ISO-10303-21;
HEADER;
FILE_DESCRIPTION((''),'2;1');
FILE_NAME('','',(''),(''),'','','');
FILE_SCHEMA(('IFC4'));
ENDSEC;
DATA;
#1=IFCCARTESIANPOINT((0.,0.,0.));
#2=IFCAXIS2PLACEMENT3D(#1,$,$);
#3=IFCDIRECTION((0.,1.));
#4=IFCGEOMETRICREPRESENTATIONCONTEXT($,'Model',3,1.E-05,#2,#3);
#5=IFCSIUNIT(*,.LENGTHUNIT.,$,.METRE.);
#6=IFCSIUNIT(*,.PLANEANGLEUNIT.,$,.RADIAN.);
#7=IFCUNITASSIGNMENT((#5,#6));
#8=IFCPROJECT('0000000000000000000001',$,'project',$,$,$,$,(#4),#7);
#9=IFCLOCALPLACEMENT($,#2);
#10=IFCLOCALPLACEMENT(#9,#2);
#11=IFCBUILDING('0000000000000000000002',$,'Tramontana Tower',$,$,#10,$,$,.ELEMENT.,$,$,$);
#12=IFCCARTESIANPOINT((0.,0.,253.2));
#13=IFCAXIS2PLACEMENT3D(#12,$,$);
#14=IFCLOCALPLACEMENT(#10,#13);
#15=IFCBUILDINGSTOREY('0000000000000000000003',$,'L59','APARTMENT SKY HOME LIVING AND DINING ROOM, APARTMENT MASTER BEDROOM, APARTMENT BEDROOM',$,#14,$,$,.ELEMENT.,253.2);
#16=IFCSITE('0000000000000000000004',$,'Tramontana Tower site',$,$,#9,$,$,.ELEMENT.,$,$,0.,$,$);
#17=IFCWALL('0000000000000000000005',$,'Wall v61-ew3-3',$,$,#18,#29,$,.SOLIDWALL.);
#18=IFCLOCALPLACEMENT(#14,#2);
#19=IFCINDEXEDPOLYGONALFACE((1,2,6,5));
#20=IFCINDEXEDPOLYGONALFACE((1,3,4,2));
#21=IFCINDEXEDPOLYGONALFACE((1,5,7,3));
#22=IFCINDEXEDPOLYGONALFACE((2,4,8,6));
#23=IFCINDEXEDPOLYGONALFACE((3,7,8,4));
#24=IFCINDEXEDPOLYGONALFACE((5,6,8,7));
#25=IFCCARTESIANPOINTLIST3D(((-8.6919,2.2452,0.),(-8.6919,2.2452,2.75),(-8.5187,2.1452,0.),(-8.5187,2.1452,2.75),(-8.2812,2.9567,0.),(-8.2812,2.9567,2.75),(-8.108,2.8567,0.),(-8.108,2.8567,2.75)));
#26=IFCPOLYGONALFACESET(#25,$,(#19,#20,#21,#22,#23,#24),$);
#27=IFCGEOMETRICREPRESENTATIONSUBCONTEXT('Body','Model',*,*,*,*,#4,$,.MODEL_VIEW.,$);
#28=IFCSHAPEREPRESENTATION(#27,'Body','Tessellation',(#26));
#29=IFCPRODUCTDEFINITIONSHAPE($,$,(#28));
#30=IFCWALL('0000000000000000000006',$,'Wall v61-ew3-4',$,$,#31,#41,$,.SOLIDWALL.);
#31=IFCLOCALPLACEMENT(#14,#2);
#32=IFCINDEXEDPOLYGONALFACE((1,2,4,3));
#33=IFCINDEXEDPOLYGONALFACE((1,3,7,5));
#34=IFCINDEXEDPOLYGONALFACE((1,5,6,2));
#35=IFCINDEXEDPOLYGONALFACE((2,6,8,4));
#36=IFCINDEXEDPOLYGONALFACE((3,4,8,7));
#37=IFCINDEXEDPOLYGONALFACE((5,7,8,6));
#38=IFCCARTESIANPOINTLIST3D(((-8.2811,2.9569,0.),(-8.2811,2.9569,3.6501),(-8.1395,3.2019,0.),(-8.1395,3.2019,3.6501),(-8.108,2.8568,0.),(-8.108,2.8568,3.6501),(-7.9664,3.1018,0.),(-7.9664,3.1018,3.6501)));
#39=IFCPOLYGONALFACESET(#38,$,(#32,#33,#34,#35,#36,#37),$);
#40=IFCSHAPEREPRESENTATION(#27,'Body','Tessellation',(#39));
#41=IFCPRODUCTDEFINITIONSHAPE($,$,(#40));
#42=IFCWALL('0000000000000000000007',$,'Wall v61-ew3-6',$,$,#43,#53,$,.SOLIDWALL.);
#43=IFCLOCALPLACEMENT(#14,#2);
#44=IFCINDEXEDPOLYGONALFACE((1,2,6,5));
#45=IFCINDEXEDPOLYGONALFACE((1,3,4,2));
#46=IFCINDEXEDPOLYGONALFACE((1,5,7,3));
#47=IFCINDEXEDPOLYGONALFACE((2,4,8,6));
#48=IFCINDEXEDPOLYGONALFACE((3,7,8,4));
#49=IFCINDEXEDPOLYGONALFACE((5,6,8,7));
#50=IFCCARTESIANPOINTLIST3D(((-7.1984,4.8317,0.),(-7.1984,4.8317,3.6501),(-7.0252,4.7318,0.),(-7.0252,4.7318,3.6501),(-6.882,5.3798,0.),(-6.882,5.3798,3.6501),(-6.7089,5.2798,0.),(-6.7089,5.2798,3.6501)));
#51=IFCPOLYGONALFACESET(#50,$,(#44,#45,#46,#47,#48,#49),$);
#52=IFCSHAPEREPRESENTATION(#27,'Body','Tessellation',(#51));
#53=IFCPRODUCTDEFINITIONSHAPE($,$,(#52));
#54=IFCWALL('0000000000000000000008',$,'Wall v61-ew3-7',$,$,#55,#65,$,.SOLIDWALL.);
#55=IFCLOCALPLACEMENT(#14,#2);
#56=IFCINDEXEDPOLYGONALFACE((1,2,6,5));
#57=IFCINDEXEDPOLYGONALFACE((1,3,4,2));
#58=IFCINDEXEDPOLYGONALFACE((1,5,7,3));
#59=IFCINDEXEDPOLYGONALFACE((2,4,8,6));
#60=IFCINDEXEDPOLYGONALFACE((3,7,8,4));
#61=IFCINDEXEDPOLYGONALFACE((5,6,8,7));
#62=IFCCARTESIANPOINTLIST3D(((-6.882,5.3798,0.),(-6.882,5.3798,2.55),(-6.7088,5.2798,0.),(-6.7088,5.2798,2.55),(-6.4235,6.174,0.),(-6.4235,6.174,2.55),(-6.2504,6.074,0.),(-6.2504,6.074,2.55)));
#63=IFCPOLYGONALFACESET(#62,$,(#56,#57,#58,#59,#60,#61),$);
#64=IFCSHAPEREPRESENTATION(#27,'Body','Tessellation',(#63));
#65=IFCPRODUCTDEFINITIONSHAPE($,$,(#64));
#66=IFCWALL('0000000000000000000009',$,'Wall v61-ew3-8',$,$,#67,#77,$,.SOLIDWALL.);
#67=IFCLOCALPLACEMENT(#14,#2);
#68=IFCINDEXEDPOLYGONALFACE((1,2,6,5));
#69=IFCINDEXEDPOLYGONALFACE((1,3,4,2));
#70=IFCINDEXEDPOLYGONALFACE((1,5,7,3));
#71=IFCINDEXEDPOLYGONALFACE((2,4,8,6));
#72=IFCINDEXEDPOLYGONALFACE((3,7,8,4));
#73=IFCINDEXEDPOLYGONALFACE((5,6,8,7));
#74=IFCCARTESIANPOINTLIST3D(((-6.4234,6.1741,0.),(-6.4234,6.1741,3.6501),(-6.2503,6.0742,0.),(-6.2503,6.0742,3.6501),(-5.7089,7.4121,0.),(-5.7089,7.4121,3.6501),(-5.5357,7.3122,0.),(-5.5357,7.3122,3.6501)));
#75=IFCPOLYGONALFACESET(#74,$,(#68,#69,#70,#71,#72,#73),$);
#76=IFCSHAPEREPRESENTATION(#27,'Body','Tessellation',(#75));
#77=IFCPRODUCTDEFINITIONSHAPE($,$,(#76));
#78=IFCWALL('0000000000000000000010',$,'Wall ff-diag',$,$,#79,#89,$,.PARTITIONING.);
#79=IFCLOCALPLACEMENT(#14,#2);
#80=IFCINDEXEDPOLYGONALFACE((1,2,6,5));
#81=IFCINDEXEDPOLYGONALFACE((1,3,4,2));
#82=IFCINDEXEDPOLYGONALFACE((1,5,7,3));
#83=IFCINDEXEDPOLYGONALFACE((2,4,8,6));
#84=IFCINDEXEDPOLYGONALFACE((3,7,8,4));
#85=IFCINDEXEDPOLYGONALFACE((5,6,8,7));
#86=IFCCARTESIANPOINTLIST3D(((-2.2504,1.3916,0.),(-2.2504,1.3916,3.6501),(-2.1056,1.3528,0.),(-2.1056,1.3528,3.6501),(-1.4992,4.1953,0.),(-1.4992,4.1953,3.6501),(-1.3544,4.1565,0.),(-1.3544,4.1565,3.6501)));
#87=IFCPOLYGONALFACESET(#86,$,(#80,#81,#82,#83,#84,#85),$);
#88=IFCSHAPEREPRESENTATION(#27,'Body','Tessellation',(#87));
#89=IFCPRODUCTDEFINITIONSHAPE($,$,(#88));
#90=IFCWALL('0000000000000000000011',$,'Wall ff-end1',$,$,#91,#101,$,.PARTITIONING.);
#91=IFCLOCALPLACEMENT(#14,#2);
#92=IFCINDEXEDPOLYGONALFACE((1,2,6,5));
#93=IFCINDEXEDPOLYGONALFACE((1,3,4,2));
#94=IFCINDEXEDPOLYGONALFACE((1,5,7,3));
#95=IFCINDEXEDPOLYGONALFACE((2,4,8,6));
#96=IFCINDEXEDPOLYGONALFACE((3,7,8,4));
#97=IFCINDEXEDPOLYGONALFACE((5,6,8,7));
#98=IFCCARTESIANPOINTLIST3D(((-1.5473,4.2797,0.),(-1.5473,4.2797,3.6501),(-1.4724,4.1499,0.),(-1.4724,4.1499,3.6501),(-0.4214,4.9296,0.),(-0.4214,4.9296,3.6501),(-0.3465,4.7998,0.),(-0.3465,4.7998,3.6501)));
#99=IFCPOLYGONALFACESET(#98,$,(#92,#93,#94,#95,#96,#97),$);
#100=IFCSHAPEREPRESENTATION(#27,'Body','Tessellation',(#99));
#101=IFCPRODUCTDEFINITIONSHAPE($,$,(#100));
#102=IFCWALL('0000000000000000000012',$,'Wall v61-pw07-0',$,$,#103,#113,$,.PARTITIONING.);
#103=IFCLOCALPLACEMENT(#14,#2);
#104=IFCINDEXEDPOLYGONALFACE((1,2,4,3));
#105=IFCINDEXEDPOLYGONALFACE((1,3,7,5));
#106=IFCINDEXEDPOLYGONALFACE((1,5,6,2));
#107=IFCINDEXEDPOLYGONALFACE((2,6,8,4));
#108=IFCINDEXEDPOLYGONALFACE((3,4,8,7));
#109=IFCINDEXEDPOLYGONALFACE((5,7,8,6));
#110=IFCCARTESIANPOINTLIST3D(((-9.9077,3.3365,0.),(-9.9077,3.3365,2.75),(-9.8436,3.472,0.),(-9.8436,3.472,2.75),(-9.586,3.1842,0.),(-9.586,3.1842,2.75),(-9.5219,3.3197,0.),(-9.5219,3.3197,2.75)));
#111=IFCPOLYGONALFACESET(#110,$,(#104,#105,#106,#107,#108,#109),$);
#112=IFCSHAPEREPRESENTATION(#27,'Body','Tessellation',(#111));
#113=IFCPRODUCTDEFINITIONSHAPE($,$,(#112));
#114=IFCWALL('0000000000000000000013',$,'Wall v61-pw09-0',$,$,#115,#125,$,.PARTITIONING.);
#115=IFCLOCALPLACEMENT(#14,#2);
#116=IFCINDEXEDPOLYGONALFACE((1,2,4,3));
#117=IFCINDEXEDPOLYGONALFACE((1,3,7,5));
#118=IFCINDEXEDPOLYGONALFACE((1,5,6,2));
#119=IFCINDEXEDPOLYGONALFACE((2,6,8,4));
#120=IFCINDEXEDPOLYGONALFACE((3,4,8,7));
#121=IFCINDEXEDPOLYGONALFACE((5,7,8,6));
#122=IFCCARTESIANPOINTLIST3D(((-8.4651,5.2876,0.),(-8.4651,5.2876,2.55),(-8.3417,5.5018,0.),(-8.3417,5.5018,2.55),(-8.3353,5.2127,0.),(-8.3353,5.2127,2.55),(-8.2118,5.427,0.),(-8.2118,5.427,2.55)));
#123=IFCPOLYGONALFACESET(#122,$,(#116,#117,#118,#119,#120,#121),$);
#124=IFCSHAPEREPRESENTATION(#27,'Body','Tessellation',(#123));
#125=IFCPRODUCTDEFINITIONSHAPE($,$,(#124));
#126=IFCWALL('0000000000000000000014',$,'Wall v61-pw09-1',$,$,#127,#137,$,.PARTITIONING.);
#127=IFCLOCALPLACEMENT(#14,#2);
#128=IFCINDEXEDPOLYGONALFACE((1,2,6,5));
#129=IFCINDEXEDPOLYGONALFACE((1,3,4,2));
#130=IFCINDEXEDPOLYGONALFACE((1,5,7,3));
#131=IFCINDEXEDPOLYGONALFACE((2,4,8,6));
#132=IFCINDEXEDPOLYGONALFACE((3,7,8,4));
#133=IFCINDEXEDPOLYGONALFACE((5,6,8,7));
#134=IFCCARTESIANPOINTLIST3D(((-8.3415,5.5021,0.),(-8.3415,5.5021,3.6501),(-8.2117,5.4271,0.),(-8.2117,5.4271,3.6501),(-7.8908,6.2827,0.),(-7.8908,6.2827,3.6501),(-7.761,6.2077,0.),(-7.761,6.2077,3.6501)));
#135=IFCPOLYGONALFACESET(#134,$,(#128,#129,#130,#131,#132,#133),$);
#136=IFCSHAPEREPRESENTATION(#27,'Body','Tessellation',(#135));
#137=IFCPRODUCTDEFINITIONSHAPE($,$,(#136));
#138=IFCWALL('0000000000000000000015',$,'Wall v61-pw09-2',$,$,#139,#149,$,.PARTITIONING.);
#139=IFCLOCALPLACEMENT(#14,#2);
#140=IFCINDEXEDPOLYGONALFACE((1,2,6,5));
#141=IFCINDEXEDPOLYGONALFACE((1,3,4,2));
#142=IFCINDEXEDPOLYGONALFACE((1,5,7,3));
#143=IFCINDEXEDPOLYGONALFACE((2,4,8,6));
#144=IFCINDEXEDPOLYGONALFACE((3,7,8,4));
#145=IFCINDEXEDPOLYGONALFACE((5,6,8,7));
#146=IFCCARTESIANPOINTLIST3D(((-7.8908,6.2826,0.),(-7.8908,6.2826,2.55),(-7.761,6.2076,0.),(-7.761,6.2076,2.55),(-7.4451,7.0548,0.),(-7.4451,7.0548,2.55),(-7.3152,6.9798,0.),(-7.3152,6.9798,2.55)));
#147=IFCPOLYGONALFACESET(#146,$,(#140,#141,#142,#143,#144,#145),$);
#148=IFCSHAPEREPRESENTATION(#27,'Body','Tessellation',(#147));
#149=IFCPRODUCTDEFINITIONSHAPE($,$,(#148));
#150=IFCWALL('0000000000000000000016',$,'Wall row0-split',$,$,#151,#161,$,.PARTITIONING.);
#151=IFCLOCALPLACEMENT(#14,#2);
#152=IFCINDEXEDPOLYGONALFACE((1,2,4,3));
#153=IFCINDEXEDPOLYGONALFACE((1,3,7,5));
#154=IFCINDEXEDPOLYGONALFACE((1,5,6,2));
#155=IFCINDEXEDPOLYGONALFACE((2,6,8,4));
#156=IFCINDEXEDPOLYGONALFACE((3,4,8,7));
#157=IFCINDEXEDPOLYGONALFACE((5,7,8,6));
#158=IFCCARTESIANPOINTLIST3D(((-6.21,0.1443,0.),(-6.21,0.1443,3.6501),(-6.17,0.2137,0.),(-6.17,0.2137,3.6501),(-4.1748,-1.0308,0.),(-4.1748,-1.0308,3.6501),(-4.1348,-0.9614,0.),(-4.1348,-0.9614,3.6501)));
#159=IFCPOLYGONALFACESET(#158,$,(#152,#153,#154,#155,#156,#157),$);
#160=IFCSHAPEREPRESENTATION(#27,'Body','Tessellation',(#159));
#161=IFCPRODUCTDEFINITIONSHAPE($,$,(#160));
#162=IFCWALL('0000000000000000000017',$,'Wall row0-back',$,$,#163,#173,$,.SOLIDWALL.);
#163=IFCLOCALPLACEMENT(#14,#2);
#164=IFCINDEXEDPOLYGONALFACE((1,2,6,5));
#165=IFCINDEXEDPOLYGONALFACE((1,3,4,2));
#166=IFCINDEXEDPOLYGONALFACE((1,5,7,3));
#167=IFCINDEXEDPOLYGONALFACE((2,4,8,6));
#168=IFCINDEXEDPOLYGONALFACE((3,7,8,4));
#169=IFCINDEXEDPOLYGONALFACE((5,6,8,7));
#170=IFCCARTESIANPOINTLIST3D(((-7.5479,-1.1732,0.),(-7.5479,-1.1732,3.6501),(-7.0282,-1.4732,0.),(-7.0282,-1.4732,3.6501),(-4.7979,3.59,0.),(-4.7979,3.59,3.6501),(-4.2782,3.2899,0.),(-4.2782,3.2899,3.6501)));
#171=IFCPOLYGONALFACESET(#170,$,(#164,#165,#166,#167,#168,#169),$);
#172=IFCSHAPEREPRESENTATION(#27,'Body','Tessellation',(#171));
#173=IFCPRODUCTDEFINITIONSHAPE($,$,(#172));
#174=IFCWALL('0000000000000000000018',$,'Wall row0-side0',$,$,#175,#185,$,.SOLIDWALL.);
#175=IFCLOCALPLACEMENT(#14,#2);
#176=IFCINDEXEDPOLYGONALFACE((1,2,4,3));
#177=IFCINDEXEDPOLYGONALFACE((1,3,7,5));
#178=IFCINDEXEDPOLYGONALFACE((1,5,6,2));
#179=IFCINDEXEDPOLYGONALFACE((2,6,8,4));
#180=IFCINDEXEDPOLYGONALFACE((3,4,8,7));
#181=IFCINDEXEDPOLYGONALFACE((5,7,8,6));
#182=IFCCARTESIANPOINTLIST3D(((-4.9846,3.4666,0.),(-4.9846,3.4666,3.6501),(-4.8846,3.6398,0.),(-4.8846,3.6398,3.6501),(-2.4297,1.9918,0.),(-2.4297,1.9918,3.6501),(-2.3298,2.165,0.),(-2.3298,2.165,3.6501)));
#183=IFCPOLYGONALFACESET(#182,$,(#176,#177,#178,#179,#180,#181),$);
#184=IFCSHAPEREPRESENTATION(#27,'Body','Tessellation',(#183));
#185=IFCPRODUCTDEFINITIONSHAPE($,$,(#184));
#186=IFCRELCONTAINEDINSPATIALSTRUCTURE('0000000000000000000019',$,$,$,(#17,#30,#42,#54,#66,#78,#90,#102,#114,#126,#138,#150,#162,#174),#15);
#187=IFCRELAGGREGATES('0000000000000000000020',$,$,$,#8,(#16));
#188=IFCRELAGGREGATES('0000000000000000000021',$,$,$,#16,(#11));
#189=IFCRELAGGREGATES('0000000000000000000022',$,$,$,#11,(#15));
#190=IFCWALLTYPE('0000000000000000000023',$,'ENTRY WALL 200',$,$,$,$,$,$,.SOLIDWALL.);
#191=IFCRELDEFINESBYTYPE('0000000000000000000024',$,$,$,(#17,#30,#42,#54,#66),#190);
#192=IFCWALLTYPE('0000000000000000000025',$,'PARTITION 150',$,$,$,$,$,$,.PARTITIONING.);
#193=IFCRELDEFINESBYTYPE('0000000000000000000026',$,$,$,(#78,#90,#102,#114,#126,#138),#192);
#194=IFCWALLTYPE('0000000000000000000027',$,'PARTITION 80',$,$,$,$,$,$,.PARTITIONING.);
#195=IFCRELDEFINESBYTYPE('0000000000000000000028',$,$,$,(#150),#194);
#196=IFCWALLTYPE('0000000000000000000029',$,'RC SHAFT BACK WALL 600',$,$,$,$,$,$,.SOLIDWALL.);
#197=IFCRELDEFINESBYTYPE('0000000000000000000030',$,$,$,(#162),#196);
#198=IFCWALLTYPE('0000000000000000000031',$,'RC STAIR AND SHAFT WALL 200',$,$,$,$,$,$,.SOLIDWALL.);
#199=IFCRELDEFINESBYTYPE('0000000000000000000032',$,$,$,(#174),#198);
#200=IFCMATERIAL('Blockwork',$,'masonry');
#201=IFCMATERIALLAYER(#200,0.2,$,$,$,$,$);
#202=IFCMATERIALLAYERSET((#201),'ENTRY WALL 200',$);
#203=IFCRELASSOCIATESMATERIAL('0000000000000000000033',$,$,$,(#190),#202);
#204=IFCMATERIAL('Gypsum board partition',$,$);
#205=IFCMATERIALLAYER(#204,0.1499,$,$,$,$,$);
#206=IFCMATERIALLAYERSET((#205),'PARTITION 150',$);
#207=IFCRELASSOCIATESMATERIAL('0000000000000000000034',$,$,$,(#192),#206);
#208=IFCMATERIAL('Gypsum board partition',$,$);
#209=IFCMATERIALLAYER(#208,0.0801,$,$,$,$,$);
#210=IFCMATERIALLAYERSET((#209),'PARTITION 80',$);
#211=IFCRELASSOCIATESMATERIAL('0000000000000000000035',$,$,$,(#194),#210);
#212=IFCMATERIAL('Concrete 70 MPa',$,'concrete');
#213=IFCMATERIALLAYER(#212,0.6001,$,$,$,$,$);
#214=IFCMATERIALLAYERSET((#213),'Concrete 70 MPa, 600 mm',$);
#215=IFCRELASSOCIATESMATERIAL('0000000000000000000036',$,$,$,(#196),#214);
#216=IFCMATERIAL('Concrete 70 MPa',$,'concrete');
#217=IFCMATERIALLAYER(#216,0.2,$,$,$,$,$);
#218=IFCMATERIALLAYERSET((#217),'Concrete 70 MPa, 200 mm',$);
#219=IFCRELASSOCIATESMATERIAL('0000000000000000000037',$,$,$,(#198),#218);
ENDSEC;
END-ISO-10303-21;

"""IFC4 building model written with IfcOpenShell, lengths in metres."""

from ifc_helpers import new_model, si_unit, direction, frame, frame_2d, origin, place, context, subcontext, project, spatial, rectangle, extrude, material, layer, layer_set, type_object, element, save


model = new_model("IFC4")

# Units and contexts
model_context = context("Model", 3, precision=1e-05, world=origin(), true_north=direction((0.0, 1.0)))
body_context = subcontext(model_context, "Body", "Model", "MODEL_VIEW")
ifc_project = project(units=[si_unit("LENGTHUNIT", "METRE"), si_unit("PLANEANGLEUNIT", "RADIAN")], contexts=[model_context])

# Site, building, storey
site_placement = place(None, origin())
site = spatial("IfcSite", under=ifc_project, at=site_placement, Name="Tramontana Tower site", CompositionType="ELEMENT", RefElevation=0.0)
building_placement = place(site_placement, origin())
building = spatial("IfcBuilding", under=site, at=building_placement, Name="Tramontana Tower", CompositionType="ELEMENT")
storey_placement = place(building_placement, frame((0.0, 0.0, 253.2)))
storey = spatial("IfcBuildingStorey", under=building, at=storey_placement, Name="L59", Description="APARTMENT SKY HOME LIVING AND DINING ROOM, APARTMENT MASTER BEDROOM, APARTMENT BEDROOM", CompositionType="ELEMENT", Elevation=253.2)

# Walls
ifc_material_1 = material(Name="Blockwork", Category="masonry")
ifc_layer_1 = layer(ifc_material_1, 0.2)
ifc_layer_set_1 = layer_set([ifc_layer_1], Name="ENTRY WALL 200")
wall_type_1 = type_object("IfcWallType", Name="ENTRY WALL 200", PredefinedType="SOLIDWALL", material=ifc_layer_set_1)
wall_1_placement = place(storey_placement, frame((-8.6052, 2.1953, 0.0), z_axis=(0.0, 0.0, 1.0), x_axis=(0.499911, 0.866077, 0.0)))
element("IfcWall", 1, at=wall_1_placement, inside=storey, type_object=wall_type_1, Name="Wall v61-ew3-3", PredefinedType="SOLIDWALL", context=body_context, shape_type="SweptSolid", body=[
    extrude(rectangle(XDim=0.8215, YDim=0.2, at=frame_2d((0.4106, 0.0))), origin(), (0.0, 0.0, 1.0), 2.75),
])
wall_2_placement = place(storey_placement, frame((-8.1946, 2.9067, 0.0), z_axis=(0.0, 0.0, 1.0), x_axis=(0.50022, 0.865898, 0.0)))
element("IfcWall", 2, at=wall_2_placement, inside=storey, type_object=wall_type_1, Name="Wall v61-ew3-4", PredefinedType="SOLIDWALL", context=body_context, shape_type="SweptSolid", body=[
    extrude(rectangle(XDim=0.283, YDim=0.2, at=frame_2d((0.1416, 0.0))), origin(), (0.0, 0.0, 1.0), 3.6501),
])

# Walls
wall_3_placement = place(storey_placement, frame((-7.1118, 4.7817, 0.0), z_axis=(0.0, 0.0, 1.0), x_axis=(0.499956, 0.866051, 0.0)))
element("IfcWall", 3, at=wall_3_placement, inside=storey, type_object=wall_type_1, Name="Wall v61-ew3-6", PredefinedType="SOLIDWALL", context=body_context, shape_type="SweptSolid", body=[
    extrude(rectangle(XDim=0.6328, YDim=0.2, at=frame_2d((0.3164, 0.0))), origin(), (0.0, 0.0, 1.0), 3.6501),
])
wall_4_placement = place(storey_placement, frame((-6.7954, 5.3298, 0.0), z_axis=(0.0, 0.0, 1.0), x_axis=(0.499976, 0.866039, 0.0)))
element("IfcWall", 4, at=wall_4_placement, inside=storey, type_object=wall_type_1, Name="Wall v61-ew3-7", PredefinedType="SOLIDWALL", context=body_context, shape_type="SweptSolid", body=[
    extrude(rectangle(XDim=0.917, YDim=0.2, at=frame_2d((0.4585, 0.0))), origin(), (0.0, 0.0, 1.0), 2.55),
])
wall_5_placement = place(storey_placement, frame((-6.3369, 6.124, 0.0), z_axis=(0.0, 0.0, 1.0), x_axis=(0.499905, 0.86608, 0.0)))
element("IfcWall", 5, at=wall_5_placement, inside=storey, type_object=wall_type_1, Name="Wall v61-ew3-8", PredefinedType="SOLIDWALL", context=body_context, shape_type="SweptSolid", body=[
    extrude(rectangle(XDim=1.4294, YDim=0.2, at=frame_2d((0.7148, 0.0))), origin(), (0.0, 0.0, 1.0), 3.6501),
])
ifc_material_2 = material(Name="Gypsum board partition")
ifc_layer_2 = layer(ifc_material_2, 0.1499)
ifc_layer_set_2 = layer_set([ifc_layer_2], Name="PARTITION 150")
wall_type_2 = type_object("IfcWallType", Name="PARTITION 150", PredefinedType="PARTITIONING", material=ifc_layer_set_2)
wall_6_placement = place(storey_placement, frame((-2.178, 1.3723, 0.0), z_axis=(0.0, 0.0, 1.0), x_axis=(0.258809, 0.965929, 0.0)))
element("IfcWall", 6, at=wall_6_placement, inside=storey, type_object=wall_type_2, Name="Wall ff-diag", PredefinedType="PARTITIONING", context=body_context, shape_type="SweptSolid", body=[
    extrude(rectangle(XDim=2.9026, YDim=0.1499, at=frame_2d((1.4512, 0.0))), origin(), (0.0, 0.0, 1.0), 3.6501),
])
wall_7_placement = place(storey_placement, frame((-1.5098, 4.2148, 0.0), z_axis=(0.0, 0.0, 1.0), x_axis=(0.866086, 0.499896, 0.0)))
element("IfcWall", 7, at=wall_7_placement, inside=storey, type_object=wall_type_2, Name="Wall ff-end1", PredefinedType="PARTITIONING", context=body_context, shape_type="SweptSolid", body=[
    extrude(rectangle(XDim=1.3, YDim=0.1499, at=frame_2d((0.6499, 0.0))), origin(), (0.0, 0.0, 1.0), 3.6501),
])
wall_8_placement = place(storey_placement, frame((-9.554, 3.252, 0.0), z_axis=(0.0, 0.0, 1.0), x_axis=(-0.903822, 0.427909, 0.0)))
element("IfcWall", 8, at=wall_8_placement, inside=storey, type_object=wall_type_2, Name="Wall v61-pw07-0", PredefinedType="PARTITIONING", context=body_context, shape_type="SweptSolid", body=[
    extrude(rectangle(XDim=0.356, YDim=0.1499, at=frame_2d((0.178, 0.0))), origin(), (0.0, 0.0, 1.0), 2.75),
])
wall_9_placement = place(storey_placement, frame((-8.4001, 5.2502, 0.0), z_axis=(0.0, 0.0, 1.0), x_axis=(0.499324, 0.866415, 0.0)))
element("IfcWall", 9, at=wall_9_placement, inside=storey, type_object=wall_type_2, Name="Wall v61-pw09-0", PredefinedType="PARTITIONING", context=body_context, shape_type="SweptSolid", body=[
    extrude(rectangle(XDim=0.2473, YDim=0.1499, at=frame_2d((0.1235, 0.0))), origin(), (0.0, 0.0, 1.0), 2.55),
])
wall_10_placement = place(storey_placement, frame((-8.2766, 5.4646, 0.0), z_axis=(0.0, 0.0, 1.0), x_axis=(0.500043, 0.866001, 0.0)))
element("IfcWall", 10, at=wall_10_placement, inside=storey, type_object=wall_type_2, Name="Wall v61-pw09-1", PredefinedType="PARTITIONING", context=body_context, shape_type="SweptSolid", body=[
    extrude(rectangle(XDim=0.9014, YDim=0.1499, at=frame_2d((0.4507, 0.0))), origin(), (0.0, 0.0, 1.0), 3.6501),
])
wall_11_placement = place(storey_placement, frame((-7.8259, 6.2451, 0.0), z_axis=(0.0, 0.0, 1.0), x_axis=(0.499967, 0.866044, 0.0)))
element("IfcWall", 11, at=wall_11_placement, inside=storey, type_object=wall_type_2, Name="Wall v61-pw09-2", PredefinedType="PARTITIONING", context=body_context, shape_type="SweptSolid", body=[
    extrude(rectangle(XDim=0.8916, YDim=0.1499, at=frame_2d((0.4458, 0.0))), origin(), (0.0, 0.0, 1.0), 2.55),
])
ifc_material_3 = material(Name="Gypsum board partition")
ifc_layer_3 = layer(ifc_material_3, 0.0801)
ifc_layer_set_3 = layer_set([ifc_layer_3], Name="PARTITION 80")
wall_type_3 = type_object("IfcWallType", Name="PARTITION 80", PredefinedType="PARTITIONING", material=ifc_layer_set_3)
wall_12_placement = place(storey_placement, frame((-4.1548, -0.9961, 0.0), z_axis=(0.0, 0.0, 1.0), x_axis=(-0.866016, 0.500016, 0.0)))
element("IfcWall", 12, at=wall_12_placement, inside=storey, type_object=wall_type_3, Name="Wall row0-split", PredefinedType="PARTITIONING", context=body_context, shape_type="SweptSolid", body=[
    extrude(rectangle(XDim=2.3501, YDim=0.0801, at=frame_2d((1.175, 0.0))), origin(), (0.0, 0.0, 1.0), 3.6501),
])
ifc_material_4 = material(Name="Concrete 70 MPa", Category="concrete")
ifc_layer_4 = layer(ifc_material_4, 0.6001)
ifc_layer_set_4 = layer_set([ifc_layer_4], Name="Concrete 70 MPa, 600 mm")
wall_type_4 = type_object("IfcWallType", Name="RC SHAFT BACK WALL 600", PredefinedType="SOLIDWALL", material=ifc_layer_set_4)
wall_13_placement = place(storey_placement, frame((-4.5381, 3.4399, 0.0), z_axis=(0.0, 0.0, 1.0), x_axis=(-0.499997, -0.866027, 0.0)))
element("IfcWall", 13, at=wall_13_placement, inside=storey, type_object=wall_type_4, Name="Wall row0-back", PredefinedType="SOLIDWALL", context=body_context, shape_type="SweptSolid", body=[
    extrude(rectangle(XDim=5.5, YDim=0.6001, at=frame_2d((2.75, 0.0))), origin(), (0.0, 0.0, 1.0), 3.6501),
])

# Shared definitions
ifc_material_5 = material(Name="Concrete 70 MPa", Category="concrete")
ifc_layer_5 = layer(ifc_material_5, 0.2)
ifc_layer_set_5 = layer_set([ifc_layer_5], Name="Concrete 70 MPa, 200 mm")
wall_type_5 = type_object("IfcWallType", Name="RC STAIR AND SHAFT WALL 200", PredefinedType="SOLIDWALL", material=ifc_layer_set_5)

# Wall
wall_14_placement = place(storey_placement, frame((-2.3796, 2.0784, 0.0), z_axis=(0.0, 0.0, 1.0), x_axis=(-0.86606, 0.49994, 0.0)))
element("IfcWall", 14, at=wall_14_placement, inside=storey, type_object=wall_type_5, Name="Wall row0-side0", PredefinedType="SOLIDWALL", context=body_context, shape_type="SweptSolid", body=[
    extrude(rectangle(XDim=2.95, YDim=0.2, at=frame_2d((1.4751, 0.0))), origin(), (0.0, 0.0, 1.0), 3.6501),
])

save(model, "model.ifc")
